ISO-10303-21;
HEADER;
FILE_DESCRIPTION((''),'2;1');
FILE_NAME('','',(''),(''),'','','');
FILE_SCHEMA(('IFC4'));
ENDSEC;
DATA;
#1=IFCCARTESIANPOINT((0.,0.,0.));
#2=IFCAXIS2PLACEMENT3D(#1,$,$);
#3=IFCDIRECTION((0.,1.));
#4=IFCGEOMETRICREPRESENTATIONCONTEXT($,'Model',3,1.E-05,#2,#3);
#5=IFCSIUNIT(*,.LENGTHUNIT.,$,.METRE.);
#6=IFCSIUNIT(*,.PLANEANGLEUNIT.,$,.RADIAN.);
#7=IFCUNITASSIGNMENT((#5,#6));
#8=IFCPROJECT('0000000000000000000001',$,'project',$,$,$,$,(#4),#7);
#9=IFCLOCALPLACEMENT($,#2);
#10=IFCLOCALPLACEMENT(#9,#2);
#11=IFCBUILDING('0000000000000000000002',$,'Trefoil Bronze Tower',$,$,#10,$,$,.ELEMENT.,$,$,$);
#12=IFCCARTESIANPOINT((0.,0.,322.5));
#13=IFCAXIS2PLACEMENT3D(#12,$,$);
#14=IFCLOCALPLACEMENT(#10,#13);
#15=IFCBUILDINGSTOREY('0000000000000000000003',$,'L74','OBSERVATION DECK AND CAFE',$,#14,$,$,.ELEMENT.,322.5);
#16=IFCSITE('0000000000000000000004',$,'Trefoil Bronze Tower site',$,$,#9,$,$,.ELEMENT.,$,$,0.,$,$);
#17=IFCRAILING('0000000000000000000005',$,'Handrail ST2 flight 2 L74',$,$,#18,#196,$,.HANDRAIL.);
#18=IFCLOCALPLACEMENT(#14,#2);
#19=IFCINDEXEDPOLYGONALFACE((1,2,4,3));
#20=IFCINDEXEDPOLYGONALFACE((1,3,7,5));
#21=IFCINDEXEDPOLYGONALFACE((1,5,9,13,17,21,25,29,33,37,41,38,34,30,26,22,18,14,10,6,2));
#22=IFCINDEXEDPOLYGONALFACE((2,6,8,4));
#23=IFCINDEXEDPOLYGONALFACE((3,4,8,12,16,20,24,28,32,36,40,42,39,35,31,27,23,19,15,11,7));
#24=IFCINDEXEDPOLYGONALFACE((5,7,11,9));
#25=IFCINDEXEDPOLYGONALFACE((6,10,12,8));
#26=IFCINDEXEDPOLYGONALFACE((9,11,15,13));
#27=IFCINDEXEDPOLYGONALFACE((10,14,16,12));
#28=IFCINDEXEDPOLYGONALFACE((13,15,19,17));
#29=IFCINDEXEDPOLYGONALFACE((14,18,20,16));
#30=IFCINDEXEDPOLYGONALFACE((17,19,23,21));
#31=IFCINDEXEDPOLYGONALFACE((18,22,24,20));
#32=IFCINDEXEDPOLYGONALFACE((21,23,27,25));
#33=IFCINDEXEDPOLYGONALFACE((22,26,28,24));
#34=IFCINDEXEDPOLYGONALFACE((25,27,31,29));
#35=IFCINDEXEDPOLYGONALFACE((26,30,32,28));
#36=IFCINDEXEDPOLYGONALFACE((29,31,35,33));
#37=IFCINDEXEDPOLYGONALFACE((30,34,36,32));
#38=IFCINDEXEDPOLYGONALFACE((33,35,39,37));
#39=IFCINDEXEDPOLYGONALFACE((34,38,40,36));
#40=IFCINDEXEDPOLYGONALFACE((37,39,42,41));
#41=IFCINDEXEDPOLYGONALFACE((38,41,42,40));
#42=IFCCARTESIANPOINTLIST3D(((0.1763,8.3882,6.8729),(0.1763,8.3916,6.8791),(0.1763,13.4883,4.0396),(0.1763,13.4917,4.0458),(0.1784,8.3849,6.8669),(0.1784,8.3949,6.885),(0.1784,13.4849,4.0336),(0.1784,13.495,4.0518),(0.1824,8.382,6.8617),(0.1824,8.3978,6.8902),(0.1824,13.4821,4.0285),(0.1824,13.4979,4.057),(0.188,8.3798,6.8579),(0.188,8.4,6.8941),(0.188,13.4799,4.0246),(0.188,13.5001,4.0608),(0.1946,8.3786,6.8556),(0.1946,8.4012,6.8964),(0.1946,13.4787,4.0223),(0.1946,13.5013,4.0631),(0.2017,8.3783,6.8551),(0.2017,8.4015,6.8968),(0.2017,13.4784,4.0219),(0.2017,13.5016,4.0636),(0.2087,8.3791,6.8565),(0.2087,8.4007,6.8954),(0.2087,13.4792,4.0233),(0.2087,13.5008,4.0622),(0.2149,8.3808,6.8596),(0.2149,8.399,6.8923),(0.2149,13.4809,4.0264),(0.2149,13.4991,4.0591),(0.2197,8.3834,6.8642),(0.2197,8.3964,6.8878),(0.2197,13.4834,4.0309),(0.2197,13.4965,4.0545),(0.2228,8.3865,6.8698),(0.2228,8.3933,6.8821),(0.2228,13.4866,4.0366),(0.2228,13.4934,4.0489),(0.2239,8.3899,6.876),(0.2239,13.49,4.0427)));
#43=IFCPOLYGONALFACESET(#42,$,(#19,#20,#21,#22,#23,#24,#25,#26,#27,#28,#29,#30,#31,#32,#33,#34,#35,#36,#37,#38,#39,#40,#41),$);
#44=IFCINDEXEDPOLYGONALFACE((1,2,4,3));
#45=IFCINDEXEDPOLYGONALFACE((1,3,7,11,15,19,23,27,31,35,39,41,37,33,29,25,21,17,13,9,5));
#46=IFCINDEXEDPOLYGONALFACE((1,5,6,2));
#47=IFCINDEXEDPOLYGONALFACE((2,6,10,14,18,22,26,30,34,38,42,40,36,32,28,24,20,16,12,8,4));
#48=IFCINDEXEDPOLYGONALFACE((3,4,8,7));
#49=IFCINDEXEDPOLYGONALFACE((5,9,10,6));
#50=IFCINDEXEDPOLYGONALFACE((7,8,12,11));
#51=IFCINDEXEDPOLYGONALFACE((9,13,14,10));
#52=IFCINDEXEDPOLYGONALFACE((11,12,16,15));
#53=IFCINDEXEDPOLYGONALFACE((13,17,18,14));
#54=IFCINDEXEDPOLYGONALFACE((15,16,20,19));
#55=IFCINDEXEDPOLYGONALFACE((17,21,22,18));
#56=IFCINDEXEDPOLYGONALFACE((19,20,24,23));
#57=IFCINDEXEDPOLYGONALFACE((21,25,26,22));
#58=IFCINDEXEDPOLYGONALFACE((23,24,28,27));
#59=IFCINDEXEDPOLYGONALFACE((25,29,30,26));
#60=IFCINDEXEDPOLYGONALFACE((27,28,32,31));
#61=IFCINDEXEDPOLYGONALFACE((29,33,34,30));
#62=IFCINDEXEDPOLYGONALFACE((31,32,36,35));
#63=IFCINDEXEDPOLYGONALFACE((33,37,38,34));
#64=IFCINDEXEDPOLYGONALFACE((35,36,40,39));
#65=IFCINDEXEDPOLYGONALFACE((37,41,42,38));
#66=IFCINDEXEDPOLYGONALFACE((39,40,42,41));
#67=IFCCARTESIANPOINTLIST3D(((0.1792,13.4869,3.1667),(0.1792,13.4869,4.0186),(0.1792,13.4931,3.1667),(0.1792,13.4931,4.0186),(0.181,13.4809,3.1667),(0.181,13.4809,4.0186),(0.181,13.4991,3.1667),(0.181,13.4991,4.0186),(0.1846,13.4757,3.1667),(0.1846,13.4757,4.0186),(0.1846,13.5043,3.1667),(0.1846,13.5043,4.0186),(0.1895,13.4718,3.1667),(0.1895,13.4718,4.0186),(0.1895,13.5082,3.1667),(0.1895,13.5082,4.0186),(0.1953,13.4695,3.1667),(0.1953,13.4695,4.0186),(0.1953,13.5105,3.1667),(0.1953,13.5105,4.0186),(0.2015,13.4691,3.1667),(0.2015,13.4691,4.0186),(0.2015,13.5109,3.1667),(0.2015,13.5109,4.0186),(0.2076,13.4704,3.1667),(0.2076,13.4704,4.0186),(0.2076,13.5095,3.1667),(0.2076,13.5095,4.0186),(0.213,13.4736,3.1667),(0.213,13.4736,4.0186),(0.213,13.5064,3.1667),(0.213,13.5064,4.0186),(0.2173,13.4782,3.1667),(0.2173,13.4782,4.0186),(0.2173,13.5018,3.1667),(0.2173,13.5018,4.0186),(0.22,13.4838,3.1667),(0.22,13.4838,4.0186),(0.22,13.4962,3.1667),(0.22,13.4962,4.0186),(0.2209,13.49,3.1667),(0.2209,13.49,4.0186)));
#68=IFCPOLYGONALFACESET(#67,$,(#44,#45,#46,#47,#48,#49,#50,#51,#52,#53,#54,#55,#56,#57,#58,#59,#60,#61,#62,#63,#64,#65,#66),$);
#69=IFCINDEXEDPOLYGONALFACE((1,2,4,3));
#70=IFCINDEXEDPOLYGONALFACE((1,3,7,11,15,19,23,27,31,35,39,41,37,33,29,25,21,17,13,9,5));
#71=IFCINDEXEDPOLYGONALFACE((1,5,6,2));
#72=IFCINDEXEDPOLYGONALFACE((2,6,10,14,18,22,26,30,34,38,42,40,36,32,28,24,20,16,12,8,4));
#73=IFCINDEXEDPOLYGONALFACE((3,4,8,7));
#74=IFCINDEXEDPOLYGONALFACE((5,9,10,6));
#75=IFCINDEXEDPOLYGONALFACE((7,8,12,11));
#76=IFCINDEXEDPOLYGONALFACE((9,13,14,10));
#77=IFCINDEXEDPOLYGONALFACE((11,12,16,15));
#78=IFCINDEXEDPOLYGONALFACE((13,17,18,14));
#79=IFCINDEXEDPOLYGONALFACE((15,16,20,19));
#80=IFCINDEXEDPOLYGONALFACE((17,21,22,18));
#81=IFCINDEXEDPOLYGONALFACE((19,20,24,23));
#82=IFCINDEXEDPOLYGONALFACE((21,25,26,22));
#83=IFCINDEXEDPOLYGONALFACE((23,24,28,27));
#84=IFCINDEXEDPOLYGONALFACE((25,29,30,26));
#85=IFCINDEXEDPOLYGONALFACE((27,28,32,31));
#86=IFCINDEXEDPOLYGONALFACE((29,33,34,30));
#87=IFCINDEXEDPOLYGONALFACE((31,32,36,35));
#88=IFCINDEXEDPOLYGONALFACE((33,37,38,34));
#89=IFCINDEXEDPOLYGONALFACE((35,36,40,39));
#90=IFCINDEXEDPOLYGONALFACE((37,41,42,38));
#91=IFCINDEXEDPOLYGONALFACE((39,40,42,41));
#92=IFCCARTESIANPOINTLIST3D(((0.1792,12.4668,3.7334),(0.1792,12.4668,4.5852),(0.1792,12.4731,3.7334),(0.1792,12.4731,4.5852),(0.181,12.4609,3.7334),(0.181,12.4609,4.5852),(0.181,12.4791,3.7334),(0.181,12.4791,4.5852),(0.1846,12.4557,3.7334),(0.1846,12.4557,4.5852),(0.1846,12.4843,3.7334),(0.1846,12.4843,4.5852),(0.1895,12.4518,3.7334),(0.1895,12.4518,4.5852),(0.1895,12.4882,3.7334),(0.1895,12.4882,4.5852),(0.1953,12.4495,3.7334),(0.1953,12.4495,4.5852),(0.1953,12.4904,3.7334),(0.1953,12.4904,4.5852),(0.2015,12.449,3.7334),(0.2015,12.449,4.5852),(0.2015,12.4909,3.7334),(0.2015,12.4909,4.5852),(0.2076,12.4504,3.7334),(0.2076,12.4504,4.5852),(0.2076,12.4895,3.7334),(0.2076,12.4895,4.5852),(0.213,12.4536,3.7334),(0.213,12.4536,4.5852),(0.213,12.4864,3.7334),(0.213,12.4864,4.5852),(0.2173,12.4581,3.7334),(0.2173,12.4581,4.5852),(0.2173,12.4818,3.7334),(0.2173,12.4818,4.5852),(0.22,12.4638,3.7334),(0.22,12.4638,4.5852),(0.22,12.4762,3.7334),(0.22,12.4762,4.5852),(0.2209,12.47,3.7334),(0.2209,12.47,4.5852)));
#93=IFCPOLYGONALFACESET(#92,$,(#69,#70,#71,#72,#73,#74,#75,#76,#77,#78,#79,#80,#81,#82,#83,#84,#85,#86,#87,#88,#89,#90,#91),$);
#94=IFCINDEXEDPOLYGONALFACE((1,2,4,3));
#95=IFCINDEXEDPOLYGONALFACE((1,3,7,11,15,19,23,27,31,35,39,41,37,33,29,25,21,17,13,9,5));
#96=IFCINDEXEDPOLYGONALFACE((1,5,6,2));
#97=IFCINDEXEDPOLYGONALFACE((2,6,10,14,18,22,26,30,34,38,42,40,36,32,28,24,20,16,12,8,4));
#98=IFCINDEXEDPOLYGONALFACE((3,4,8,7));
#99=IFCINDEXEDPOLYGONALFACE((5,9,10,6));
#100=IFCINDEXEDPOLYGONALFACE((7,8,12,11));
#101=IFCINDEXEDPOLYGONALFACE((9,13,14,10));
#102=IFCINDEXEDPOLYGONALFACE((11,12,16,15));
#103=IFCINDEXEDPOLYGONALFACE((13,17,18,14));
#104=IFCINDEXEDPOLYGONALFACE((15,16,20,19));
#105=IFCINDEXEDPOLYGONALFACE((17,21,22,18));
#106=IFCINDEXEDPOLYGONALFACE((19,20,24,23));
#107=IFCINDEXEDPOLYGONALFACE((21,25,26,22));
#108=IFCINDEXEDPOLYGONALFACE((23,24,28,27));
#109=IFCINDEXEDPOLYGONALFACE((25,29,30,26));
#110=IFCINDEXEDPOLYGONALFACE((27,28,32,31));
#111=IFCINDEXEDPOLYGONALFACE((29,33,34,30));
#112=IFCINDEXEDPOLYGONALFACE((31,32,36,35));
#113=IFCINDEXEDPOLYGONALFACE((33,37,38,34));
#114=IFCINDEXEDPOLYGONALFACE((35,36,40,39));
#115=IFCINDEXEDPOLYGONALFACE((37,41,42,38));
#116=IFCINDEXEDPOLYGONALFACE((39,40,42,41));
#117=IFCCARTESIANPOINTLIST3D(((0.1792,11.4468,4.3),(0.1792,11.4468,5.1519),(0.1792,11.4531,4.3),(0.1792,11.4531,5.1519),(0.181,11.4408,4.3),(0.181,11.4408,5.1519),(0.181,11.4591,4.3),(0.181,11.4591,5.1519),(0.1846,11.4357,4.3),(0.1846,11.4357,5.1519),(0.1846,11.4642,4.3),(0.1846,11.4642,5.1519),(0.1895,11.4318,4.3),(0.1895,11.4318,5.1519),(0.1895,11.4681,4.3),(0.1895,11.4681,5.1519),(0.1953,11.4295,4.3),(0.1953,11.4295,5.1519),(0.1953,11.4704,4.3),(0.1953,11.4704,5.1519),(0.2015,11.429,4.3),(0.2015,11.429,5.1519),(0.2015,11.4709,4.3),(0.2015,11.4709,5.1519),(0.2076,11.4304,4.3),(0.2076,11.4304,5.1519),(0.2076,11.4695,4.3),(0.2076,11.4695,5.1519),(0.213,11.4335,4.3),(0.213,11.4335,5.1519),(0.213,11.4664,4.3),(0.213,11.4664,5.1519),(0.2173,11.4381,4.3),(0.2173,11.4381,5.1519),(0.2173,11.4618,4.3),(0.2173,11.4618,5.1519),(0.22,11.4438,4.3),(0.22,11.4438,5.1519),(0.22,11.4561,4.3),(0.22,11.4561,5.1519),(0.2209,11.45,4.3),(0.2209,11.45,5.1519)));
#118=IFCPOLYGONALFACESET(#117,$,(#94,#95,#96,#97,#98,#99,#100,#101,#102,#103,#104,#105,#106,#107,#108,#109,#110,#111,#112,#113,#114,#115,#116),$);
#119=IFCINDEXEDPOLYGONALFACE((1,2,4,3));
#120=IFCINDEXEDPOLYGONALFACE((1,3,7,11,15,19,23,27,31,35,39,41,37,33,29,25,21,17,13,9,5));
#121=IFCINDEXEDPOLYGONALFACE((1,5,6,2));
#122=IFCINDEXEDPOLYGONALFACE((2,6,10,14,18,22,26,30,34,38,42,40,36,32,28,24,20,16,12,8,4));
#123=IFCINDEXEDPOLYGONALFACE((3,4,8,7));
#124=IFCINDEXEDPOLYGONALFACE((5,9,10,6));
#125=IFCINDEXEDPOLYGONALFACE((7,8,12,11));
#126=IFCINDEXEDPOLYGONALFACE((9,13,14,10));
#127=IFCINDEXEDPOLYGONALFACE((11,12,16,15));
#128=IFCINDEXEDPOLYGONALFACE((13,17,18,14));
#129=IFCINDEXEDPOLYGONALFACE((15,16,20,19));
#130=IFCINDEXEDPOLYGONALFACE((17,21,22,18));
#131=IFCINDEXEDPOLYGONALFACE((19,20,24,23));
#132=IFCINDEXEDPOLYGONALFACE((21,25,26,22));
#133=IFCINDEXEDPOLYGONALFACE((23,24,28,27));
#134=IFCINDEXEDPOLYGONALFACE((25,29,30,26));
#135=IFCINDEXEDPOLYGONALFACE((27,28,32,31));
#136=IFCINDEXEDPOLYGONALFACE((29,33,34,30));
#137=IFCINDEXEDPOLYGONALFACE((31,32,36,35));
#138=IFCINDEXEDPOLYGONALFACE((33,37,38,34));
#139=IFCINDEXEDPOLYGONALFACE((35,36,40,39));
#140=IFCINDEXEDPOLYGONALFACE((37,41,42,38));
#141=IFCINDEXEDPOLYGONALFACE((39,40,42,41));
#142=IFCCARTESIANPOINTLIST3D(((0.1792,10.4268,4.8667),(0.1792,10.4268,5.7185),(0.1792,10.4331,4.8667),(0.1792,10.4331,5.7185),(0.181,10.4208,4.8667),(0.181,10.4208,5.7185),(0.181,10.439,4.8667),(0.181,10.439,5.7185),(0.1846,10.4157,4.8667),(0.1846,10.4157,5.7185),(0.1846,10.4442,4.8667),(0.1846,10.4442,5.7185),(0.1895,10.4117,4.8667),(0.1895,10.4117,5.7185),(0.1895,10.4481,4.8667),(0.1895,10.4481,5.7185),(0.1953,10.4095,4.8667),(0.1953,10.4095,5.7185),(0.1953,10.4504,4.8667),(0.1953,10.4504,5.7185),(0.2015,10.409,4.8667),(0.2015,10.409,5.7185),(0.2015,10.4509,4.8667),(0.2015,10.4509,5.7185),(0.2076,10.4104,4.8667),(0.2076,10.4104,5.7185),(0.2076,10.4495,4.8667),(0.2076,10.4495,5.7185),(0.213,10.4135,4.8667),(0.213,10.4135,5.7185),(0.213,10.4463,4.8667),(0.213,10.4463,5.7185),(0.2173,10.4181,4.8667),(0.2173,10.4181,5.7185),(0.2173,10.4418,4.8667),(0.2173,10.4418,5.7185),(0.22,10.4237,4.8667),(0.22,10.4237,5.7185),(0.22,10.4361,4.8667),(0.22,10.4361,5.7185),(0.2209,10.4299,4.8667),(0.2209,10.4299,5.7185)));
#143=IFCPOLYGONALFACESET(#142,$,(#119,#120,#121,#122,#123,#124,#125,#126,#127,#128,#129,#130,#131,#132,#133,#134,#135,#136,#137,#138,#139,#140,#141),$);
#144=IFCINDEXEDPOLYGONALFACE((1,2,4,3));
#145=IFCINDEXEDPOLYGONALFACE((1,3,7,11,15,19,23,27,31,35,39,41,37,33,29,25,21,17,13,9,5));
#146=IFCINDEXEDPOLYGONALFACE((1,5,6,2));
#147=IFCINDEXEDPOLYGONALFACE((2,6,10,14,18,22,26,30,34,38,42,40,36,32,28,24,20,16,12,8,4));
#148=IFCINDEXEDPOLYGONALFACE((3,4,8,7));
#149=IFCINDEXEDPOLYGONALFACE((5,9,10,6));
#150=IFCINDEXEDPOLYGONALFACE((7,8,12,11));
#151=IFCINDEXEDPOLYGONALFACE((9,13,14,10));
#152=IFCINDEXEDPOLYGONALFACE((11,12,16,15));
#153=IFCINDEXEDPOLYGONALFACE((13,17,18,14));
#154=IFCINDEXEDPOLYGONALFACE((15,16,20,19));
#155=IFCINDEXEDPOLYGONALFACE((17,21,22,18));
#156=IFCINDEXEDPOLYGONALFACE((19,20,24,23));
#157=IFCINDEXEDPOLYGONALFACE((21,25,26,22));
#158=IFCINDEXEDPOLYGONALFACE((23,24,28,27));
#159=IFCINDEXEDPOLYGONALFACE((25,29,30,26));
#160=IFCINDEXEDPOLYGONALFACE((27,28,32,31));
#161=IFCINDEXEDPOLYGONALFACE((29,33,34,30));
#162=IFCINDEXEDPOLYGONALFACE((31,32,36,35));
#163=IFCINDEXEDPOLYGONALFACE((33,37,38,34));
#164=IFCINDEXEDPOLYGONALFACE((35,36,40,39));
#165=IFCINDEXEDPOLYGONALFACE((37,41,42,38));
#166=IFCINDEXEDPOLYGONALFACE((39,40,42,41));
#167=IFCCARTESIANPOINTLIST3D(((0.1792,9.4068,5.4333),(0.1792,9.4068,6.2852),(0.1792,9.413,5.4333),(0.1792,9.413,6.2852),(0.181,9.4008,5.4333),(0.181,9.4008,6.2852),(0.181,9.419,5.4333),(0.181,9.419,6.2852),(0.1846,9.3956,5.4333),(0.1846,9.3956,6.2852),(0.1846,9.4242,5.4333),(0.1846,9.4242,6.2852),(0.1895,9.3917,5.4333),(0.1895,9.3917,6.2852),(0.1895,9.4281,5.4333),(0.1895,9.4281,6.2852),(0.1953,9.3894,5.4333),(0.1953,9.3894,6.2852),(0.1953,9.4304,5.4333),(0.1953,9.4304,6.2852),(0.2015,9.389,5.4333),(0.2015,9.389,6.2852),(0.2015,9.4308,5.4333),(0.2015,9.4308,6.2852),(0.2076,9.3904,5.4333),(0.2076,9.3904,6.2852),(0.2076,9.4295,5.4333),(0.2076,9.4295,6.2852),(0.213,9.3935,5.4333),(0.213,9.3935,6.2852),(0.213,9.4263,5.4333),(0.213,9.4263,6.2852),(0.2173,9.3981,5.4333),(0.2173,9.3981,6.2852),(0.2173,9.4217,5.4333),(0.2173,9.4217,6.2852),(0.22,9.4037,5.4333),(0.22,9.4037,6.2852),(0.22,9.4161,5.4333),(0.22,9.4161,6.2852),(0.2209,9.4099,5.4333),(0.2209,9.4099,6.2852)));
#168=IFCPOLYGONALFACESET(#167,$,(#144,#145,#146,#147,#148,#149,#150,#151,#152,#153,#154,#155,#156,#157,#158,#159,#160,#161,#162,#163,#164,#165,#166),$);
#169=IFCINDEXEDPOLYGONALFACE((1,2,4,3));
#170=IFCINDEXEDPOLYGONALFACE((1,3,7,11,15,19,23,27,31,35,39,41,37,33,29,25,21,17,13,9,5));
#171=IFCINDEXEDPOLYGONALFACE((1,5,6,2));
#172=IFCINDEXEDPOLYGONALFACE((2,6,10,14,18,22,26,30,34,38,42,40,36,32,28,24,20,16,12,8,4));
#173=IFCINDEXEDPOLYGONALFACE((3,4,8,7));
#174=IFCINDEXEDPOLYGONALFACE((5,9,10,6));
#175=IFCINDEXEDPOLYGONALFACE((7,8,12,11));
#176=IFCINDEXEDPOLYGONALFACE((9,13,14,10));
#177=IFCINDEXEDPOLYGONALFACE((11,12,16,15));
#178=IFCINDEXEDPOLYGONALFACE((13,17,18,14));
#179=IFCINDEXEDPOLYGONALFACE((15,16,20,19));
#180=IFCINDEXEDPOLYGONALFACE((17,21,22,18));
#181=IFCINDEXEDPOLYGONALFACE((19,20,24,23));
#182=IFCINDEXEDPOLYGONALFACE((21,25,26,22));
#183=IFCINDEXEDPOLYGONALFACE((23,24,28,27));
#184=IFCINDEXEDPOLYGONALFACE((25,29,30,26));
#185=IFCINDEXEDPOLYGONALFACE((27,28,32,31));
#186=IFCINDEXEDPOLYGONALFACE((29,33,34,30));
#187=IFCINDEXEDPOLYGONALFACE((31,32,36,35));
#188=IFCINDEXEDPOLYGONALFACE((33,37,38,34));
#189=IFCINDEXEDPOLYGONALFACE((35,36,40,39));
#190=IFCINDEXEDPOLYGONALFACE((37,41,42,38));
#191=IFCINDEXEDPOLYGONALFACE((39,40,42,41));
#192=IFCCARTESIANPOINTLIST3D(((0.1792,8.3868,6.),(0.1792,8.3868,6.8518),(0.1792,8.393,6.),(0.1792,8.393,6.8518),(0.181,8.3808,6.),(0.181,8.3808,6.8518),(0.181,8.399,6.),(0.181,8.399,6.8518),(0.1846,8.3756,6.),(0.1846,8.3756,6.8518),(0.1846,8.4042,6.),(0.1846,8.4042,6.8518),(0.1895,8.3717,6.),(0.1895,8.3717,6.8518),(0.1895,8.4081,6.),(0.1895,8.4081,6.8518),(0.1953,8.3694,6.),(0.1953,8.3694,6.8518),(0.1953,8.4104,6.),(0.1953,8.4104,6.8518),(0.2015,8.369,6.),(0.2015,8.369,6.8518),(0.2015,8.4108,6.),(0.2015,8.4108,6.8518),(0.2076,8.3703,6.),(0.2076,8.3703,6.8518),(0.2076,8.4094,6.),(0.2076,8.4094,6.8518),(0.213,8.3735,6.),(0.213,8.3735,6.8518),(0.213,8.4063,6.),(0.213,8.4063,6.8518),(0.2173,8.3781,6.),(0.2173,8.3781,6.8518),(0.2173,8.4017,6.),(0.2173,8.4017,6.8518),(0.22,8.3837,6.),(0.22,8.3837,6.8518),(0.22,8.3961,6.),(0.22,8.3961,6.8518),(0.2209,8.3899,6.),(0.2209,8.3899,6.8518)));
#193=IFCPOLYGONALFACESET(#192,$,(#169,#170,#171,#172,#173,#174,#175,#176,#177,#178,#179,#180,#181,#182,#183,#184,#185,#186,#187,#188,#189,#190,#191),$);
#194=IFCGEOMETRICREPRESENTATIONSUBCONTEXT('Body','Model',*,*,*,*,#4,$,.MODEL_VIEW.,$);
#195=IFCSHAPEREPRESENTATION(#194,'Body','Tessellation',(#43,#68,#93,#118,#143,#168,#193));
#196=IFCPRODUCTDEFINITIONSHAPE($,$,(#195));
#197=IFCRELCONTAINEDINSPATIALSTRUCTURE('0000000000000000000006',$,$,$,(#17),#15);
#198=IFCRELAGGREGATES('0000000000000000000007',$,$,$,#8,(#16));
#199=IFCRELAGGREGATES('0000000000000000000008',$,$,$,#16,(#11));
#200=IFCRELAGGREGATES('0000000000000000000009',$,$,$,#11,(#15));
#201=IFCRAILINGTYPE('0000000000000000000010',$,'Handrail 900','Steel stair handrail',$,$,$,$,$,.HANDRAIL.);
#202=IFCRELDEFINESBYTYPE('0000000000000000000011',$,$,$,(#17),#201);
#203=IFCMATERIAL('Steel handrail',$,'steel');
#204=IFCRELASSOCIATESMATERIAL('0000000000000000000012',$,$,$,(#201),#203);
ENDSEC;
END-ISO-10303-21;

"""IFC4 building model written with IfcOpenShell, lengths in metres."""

from ifc_helpers import new_model, si_unit, direction, frame, origin, origin_2d, place, context, subcontext, project, spatial, circle, extrude, material, type_object, element, save


model = new_model("IFC4")

# Units and contexts
model_context = context("Model", 3, precision=1e-05, world=origin(), true_north=direction((0.0, 1.0)))
body_context = subcontext(model_context, "Body", "Model", "MODEL_VIEW")
ifc_project = project(units=[si_unit("LENGTHUNIT", "METRE"), si_unit("PLANEANGLEUNIT", "RADIAN")], contexts=[model_context])

# Site, building, storey
site_placement = place(None, origin())
site = spatial("IfcSite", under=ifc_project, at=site_placement, Name="Trefoil Bronze Tower site", CompositionType="ELEMENT", RefElevation=0.0)
building_placement = place(site_placement, origin())
building = spatial("IfcBuilding", under=site, at=building_placement, Name="Trefoil Bronze Tower", CompositionType="ELEMENT")
storey_placement = place(building_placement, frame((0.0, 0.0, 322.5)))
storey = spatial("IfcBuildingStorey", under=building, at=storey_placement, Name="L74", Description="OBSERVATION DECK AND CAFE", CompositionType="ELEMENT", Elevation=322.5)

# Railing
ifc_material_1 = material(Name="Steel handrail", Category="steel")
railing_type = type_object("IfcRailingType", Name="Handrail 900", Description="Steel stair handrail", PredefinedType="HANDRAIL", material=ifc_material_1)
railing_placement = place(storey_placement, frame((0.2, 13.49, 3.1667)))
element("IfcRailing", 1, at=railing_placement, inside=storey, type_object=railing_type, Name="Handrail ST2 flight 2 L74", PredefinedType="HANDRAIL", context=body_context, shape_type="SweptSolid", body=[
    extrude(circle(Radius=0.0239, at=origin_2d()), frame((0.0, 0.0, 0.876), z_axis=(0.0, -0.874167, 0.485625), x_axis=(1.0, 0.0, 0.0)), (0.0, 0.0, 1.0), 5.8342),
    extrude(circle(Radius=0.021, at=origin_2d()), origin(), (0.0, 0.0, 1.0), 0.8518),
    extrude(circle(Radius=0.021, at=origin_2d()), frame((0.0, -1.02, 0.5667)), (0.0, 0.0, 1.0), 0.8518),
    extrude(circle(Radius=0.021, at=origin_2d()), frame((0.0, -2.04, 1.1333)), (0.0, 0.0, 1.0), 0.8518),
    extrude(circle(Radius=0.021, at=origin_2d()), frame((0.0, -3.0601, 1.7)), (0.0, 0.0, 1.0), 0.8518),
    extrude(circle(Radius=0.021, at=origin_2d()), frame((0.0, -4.0801, 2.2666)), (0.0, 0.0, 1.0), 0.8518),
    extrude(circle(Radius=0.021, at=origin_2d()), frame((0.0, -5.1001, 2.8333)), (0.0, 0.0, 1.0), 0.8518),
])

save(model, "model.ifc")
